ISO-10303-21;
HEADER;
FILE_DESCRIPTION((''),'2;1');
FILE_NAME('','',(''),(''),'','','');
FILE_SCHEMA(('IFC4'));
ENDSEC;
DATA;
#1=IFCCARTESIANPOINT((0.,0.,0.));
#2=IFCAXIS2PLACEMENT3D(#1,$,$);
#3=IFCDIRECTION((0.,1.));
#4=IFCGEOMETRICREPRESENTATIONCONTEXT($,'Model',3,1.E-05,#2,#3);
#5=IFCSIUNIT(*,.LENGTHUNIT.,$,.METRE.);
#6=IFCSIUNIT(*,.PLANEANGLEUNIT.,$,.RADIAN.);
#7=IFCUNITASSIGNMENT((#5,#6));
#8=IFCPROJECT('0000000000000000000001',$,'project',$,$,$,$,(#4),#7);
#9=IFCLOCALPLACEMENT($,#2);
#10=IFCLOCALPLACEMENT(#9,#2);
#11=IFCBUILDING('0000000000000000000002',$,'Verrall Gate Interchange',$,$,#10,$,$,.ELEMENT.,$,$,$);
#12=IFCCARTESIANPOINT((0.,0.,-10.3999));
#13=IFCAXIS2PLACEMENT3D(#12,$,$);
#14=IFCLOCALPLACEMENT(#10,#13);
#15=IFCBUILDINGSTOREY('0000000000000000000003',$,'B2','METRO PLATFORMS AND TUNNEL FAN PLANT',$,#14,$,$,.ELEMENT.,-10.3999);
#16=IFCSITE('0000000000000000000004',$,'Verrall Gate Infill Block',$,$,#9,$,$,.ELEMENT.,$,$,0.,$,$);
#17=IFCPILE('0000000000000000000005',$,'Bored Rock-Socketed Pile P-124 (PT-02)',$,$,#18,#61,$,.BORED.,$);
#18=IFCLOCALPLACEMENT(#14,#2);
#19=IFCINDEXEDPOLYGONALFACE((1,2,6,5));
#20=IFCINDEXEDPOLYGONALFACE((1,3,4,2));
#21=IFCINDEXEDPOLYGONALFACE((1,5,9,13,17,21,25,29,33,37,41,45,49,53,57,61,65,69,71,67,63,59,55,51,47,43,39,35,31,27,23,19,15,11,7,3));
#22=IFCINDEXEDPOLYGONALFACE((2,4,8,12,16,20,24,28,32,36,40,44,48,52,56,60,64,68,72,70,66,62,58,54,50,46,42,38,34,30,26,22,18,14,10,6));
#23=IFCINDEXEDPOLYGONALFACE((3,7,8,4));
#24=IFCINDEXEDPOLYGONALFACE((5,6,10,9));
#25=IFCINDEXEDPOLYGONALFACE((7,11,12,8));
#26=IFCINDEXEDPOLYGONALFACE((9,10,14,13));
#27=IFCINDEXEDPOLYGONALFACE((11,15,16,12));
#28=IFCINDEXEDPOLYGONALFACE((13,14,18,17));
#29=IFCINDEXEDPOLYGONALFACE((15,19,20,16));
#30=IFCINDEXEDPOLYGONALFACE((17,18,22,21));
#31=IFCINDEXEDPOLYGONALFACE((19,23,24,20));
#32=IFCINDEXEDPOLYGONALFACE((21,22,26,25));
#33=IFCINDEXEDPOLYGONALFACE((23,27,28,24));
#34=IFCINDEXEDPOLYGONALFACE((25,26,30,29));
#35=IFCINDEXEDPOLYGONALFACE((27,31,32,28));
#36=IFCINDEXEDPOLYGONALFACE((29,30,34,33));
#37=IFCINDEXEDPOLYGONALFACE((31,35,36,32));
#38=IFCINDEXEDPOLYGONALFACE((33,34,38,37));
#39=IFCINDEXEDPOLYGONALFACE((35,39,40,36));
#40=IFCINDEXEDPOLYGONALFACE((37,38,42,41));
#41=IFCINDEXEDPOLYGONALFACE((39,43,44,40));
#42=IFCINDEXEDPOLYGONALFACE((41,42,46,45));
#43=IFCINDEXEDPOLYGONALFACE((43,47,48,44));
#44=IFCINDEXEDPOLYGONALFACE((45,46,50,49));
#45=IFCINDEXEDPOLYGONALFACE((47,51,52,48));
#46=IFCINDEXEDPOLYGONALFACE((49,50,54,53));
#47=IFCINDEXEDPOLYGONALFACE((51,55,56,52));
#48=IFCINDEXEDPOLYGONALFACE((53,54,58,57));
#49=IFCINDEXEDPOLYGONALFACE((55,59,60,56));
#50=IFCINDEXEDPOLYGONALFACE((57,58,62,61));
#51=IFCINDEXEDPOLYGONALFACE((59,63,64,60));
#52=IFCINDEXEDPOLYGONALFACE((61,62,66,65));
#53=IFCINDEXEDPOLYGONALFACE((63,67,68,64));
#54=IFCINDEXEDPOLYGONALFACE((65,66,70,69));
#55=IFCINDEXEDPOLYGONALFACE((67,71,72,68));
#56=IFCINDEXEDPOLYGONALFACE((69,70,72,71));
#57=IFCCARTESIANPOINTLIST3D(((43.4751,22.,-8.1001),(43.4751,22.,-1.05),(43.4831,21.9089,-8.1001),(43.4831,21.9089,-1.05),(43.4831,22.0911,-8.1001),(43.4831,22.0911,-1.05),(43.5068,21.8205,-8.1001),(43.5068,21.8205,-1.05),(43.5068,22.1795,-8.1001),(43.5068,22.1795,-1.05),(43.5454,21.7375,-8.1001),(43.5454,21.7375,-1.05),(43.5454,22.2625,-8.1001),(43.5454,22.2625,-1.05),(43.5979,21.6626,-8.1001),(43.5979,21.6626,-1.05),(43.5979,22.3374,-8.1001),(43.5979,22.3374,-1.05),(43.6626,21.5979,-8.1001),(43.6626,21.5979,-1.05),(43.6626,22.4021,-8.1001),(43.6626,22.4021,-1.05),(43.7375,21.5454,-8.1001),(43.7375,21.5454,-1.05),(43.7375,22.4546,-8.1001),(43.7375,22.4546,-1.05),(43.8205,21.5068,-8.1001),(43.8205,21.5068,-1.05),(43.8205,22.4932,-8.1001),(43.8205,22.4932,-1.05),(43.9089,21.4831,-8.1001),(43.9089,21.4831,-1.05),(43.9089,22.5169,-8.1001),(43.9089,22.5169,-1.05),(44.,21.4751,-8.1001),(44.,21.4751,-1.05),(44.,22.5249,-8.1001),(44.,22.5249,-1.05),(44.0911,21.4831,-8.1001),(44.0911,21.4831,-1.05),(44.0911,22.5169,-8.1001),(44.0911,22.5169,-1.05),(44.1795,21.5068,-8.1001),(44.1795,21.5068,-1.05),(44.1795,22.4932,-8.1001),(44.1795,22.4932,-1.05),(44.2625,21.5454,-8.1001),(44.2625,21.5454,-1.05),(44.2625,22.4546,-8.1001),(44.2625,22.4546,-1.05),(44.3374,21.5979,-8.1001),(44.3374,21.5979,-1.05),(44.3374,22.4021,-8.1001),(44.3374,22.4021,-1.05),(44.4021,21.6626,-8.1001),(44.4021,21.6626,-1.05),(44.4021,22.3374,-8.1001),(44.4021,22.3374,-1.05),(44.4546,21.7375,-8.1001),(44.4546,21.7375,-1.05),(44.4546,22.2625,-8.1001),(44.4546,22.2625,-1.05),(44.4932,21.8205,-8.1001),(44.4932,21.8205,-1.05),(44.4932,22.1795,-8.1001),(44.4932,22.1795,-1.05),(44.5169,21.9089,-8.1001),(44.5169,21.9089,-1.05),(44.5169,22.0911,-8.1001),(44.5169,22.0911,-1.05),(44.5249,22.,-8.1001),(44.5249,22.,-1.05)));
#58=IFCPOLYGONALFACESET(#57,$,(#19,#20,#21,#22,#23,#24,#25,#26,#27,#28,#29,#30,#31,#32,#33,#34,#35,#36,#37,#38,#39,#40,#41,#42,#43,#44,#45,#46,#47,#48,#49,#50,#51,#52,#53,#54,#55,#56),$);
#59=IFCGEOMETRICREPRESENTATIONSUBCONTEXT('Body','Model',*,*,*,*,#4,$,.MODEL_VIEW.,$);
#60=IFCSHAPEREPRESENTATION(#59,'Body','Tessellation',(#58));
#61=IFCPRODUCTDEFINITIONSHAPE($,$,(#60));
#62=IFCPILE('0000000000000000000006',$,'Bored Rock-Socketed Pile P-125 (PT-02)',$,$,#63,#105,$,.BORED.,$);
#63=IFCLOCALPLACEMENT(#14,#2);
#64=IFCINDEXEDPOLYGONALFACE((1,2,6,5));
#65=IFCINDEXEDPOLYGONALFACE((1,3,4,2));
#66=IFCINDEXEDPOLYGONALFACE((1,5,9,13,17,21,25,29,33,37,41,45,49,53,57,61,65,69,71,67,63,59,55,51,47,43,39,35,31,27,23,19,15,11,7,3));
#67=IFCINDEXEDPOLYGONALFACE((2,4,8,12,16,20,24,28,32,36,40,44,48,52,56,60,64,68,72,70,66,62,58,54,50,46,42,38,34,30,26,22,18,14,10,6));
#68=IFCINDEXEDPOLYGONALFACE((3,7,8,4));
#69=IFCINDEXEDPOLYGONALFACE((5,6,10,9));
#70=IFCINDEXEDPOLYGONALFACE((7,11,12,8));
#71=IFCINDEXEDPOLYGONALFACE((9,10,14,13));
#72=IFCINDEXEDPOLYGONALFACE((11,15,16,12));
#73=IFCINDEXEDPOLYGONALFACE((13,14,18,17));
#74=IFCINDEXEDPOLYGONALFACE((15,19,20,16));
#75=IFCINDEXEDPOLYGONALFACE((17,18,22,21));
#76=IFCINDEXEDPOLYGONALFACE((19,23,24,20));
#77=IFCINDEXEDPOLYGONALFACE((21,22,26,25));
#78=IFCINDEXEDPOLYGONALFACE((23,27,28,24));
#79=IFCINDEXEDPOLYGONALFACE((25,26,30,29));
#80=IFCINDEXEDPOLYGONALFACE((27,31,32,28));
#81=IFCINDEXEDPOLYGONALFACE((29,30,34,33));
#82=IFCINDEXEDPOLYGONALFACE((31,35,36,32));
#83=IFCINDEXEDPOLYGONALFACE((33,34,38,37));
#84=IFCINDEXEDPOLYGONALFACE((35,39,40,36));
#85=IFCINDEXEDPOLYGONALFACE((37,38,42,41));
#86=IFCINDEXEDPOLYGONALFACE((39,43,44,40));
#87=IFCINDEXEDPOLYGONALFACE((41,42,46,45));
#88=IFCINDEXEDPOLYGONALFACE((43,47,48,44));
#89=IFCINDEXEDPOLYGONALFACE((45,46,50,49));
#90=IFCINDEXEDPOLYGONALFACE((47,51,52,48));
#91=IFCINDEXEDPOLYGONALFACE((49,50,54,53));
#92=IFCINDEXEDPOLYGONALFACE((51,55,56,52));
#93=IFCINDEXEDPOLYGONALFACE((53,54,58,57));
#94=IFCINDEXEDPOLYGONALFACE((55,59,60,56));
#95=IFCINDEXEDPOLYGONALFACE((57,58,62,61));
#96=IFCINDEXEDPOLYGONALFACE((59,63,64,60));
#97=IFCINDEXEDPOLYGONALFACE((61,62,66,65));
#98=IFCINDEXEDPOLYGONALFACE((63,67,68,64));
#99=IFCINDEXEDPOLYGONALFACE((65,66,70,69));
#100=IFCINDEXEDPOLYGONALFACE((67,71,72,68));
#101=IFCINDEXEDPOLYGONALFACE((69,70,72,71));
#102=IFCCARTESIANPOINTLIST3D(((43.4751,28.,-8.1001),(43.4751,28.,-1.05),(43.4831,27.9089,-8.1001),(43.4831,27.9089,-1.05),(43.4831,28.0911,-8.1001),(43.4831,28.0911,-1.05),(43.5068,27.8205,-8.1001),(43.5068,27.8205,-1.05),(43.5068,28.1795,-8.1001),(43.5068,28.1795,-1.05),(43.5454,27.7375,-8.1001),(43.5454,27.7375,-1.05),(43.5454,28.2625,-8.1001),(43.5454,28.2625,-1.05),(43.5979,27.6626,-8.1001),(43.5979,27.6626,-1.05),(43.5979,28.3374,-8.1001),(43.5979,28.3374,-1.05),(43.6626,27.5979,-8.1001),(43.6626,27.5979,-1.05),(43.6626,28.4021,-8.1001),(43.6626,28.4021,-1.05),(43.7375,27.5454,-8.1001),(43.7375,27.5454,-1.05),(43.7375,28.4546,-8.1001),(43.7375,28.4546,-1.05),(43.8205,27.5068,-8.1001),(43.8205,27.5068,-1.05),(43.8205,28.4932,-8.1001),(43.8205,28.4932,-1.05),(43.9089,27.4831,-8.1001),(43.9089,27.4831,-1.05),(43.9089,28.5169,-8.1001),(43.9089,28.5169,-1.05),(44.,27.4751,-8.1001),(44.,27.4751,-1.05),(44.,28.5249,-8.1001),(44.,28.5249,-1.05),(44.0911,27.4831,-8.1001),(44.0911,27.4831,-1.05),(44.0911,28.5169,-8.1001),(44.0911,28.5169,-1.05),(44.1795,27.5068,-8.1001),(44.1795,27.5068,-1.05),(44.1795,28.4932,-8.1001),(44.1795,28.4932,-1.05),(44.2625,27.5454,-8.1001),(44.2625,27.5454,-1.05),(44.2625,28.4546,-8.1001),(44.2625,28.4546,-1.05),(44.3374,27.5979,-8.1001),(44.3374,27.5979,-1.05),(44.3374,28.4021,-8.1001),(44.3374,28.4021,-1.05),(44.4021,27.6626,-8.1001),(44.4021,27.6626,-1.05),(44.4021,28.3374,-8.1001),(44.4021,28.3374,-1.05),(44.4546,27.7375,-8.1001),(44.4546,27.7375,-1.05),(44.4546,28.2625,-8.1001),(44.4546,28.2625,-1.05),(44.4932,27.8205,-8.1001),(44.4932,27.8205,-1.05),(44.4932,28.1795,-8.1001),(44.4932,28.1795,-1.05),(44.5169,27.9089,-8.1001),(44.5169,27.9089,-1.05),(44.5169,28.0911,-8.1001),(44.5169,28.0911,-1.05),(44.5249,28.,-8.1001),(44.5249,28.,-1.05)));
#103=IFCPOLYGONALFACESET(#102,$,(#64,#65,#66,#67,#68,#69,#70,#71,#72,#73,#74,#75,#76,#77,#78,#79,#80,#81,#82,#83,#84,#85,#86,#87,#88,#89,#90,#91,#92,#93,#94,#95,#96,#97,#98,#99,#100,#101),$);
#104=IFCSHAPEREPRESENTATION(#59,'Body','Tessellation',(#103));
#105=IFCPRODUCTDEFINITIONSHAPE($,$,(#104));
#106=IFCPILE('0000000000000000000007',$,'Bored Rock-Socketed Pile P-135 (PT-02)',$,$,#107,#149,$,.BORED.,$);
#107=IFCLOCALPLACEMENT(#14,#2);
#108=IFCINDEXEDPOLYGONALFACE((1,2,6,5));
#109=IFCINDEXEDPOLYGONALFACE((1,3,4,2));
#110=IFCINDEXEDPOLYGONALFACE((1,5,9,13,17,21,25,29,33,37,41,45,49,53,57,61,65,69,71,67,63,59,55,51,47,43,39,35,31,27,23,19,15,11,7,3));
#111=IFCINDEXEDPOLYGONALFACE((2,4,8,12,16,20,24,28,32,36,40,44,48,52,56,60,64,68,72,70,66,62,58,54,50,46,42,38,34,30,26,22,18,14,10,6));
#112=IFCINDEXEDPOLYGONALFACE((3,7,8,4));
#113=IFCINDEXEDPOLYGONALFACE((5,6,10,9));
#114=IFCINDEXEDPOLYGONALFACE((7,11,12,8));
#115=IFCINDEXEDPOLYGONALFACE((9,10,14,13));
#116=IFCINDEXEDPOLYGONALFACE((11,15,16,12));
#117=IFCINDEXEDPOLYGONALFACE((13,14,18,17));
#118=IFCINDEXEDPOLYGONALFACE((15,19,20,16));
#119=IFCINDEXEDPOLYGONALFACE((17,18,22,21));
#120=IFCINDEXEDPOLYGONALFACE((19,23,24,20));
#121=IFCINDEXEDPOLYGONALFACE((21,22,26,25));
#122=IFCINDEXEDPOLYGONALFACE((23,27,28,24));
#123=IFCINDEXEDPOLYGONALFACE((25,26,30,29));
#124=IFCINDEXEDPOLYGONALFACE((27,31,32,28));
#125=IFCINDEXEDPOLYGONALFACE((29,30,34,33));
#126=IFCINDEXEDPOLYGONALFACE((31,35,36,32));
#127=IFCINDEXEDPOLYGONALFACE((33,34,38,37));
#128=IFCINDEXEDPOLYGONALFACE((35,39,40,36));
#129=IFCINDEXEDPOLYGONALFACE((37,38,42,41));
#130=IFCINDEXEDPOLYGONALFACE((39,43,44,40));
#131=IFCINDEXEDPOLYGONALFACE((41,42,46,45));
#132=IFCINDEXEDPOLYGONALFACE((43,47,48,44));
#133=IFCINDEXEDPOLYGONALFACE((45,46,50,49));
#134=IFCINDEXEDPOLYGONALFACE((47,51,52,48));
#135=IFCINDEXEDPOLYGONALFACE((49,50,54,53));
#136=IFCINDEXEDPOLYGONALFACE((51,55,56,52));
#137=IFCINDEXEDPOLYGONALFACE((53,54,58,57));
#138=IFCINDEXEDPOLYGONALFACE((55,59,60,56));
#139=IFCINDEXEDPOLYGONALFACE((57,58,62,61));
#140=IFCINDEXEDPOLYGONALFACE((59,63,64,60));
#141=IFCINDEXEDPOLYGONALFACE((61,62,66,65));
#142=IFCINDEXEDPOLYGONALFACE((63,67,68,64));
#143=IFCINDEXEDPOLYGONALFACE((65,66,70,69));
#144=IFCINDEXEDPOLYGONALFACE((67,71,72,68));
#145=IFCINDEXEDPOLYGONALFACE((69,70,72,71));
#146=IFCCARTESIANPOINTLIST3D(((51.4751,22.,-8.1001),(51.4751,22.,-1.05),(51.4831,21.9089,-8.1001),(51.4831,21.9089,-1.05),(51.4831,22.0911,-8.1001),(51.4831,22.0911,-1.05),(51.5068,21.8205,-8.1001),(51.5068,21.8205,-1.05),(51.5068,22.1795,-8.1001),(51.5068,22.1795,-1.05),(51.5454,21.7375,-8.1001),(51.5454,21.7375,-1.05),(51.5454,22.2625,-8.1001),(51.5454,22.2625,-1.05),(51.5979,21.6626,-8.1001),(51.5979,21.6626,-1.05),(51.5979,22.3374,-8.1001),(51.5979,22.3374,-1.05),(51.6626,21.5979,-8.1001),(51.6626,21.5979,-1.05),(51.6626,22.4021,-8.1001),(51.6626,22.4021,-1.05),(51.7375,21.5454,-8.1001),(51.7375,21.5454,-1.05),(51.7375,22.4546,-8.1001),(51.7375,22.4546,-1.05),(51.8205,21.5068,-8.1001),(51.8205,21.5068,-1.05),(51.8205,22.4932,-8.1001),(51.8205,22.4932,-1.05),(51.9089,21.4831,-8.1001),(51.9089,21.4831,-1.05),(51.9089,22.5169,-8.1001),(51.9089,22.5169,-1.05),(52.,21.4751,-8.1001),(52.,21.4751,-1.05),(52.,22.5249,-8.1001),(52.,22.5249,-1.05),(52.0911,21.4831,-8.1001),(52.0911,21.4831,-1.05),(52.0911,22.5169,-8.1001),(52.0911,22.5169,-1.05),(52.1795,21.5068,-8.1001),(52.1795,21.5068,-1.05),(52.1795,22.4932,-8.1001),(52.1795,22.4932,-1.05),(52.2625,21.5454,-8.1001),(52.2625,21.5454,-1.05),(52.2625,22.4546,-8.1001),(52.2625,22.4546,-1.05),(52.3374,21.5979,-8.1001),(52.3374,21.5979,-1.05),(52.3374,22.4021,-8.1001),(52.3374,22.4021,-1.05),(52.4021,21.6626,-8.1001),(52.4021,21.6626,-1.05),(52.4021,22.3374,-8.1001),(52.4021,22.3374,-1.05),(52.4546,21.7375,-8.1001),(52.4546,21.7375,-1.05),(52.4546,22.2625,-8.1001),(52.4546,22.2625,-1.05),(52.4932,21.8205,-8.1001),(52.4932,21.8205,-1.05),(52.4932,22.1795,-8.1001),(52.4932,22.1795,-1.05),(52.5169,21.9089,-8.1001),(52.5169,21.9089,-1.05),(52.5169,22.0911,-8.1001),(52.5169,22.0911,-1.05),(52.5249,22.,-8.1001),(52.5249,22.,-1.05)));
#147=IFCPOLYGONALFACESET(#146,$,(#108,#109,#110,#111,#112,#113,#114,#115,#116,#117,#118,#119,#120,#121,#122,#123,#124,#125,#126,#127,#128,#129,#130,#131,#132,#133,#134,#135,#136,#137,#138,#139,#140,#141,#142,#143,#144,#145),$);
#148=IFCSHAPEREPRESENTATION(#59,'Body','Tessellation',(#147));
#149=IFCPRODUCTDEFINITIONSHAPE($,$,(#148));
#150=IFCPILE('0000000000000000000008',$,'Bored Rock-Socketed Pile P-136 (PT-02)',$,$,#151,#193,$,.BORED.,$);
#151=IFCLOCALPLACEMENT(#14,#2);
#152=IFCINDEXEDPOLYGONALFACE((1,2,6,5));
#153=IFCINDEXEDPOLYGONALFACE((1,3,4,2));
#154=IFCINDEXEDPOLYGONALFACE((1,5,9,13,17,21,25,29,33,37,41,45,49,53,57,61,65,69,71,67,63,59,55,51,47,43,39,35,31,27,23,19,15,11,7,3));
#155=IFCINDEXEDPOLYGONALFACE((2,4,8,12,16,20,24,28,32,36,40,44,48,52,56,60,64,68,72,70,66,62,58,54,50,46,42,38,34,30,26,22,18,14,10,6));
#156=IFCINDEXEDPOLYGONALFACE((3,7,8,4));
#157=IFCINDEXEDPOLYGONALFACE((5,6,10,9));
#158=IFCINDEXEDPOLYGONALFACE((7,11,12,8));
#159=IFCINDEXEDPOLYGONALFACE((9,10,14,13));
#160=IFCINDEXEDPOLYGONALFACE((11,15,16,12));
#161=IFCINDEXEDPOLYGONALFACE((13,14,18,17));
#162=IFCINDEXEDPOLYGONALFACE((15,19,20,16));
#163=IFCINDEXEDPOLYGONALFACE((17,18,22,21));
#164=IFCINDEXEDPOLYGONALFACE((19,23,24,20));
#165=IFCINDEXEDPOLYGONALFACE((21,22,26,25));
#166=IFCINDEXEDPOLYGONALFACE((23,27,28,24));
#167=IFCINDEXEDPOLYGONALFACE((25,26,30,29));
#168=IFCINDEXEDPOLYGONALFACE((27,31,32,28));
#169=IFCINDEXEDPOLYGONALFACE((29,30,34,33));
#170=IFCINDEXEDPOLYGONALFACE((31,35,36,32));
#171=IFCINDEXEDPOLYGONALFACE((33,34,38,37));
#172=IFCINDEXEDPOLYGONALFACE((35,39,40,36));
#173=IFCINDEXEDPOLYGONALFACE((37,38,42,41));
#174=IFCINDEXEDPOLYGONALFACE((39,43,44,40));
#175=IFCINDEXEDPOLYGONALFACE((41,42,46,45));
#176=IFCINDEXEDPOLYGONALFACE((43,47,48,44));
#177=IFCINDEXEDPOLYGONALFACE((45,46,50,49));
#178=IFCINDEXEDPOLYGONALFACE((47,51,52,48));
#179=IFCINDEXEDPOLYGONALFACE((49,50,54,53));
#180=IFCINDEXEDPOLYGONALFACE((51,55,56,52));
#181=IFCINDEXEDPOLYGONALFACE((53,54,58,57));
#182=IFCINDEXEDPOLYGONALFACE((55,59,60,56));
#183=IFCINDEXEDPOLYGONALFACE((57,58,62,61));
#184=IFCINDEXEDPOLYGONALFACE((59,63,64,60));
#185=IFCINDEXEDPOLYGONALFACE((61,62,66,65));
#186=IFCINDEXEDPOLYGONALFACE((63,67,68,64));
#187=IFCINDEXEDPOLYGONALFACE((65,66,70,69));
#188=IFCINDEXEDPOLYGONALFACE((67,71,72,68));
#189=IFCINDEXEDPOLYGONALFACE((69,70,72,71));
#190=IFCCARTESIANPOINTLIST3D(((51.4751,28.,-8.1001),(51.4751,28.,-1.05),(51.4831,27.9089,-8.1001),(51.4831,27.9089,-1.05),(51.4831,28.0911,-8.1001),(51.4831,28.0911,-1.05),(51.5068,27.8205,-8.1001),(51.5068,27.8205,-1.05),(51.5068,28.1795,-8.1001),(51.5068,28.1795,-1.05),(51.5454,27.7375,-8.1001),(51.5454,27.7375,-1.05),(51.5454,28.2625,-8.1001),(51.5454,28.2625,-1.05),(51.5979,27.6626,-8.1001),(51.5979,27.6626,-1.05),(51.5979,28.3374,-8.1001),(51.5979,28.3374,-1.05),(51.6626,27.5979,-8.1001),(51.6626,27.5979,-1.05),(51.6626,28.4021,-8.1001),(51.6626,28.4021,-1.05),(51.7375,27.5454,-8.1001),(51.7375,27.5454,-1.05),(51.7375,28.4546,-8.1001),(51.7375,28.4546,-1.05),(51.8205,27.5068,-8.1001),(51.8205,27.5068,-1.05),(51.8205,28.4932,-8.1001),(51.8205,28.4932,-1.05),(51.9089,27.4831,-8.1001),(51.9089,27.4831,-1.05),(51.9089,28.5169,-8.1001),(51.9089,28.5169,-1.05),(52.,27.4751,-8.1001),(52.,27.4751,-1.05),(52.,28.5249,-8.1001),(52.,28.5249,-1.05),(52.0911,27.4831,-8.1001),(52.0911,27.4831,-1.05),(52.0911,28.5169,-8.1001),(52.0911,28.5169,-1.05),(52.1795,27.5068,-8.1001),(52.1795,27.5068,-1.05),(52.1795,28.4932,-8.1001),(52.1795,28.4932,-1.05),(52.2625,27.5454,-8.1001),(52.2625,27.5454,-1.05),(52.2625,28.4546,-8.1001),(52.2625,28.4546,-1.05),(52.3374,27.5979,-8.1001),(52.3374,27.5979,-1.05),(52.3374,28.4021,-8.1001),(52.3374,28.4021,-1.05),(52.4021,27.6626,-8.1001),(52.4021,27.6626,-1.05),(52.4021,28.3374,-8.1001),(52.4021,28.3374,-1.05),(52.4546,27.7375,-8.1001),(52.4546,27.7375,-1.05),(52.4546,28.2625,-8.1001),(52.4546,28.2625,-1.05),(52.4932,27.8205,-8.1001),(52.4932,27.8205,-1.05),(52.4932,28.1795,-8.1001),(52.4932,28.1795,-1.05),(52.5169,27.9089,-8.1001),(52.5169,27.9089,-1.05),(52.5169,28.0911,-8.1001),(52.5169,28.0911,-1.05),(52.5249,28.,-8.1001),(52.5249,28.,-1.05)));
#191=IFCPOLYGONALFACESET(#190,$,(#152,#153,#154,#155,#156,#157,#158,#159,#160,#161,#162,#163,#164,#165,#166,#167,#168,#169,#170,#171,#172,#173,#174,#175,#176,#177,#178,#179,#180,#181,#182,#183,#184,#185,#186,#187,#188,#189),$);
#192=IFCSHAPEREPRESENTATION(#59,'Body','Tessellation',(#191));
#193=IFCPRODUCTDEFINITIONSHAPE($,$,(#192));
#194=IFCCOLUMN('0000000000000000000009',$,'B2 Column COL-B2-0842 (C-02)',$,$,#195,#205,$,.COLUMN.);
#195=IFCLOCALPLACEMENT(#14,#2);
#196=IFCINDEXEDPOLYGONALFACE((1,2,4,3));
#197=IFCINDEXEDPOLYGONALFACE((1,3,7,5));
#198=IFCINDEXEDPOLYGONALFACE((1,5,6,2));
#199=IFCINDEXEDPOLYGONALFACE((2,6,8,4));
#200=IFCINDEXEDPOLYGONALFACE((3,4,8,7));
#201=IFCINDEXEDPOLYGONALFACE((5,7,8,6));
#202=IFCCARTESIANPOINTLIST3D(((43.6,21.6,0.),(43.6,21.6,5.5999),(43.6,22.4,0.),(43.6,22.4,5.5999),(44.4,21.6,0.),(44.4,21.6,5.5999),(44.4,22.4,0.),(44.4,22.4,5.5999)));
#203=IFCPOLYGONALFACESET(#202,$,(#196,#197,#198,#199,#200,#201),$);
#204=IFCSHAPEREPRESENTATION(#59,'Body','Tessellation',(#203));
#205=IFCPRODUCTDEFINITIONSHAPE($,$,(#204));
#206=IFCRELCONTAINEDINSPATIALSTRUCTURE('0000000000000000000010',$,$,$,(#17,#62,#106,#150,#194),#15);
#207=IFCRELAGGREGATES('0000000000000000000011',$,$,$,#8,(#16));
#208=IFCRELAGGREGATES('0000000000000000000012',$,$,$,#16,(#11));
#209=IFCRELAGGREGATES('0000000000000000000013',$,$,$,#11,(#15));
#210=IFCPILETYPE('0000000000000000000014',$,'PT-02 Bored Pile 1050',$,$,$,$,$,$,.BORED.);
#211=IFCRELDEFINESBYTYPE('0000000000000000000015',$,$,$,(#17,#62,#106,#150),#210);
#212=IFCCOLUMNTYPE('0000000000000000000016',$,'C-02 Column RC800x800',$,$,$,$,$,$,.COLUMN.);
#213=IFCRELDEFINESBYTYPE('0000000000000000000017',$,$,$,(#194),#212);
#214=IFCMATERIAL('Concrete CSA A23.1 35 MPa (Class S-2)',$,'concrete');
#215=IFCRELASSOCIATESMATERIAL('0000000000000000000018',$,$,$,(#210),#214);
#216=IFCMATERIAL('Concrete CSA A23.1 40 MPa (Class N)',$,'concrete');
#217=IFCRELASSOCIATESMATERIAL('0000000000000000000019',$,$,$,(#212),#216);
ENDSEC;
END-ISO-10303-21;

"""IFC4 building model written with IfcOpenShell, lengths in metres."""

from ifc_helpers import new_model, si_unit, direction, frame, origin, origin_2d, place, context, subcontext, project, spatial, rectangle, circle, extrude, material, material_profile, profile_set, type_object, element, save


model = new_model("IFC4")

# Units and contexts
model_context = context("Model", 3, precision=1e-05, world=origin(), true_north=direction((0.0, 1.0)))
body_context = subcontext(model_context, "Body", "Model", "MODEL_VIEW")
ifc_project = project(units=[si_unit("LENGTHUNIT", "METRE"), si_unit("PLANEANGLEUNIT", "RADIAN")], contexts=[model_context])

# Site, building, storey
site_placement = place(None, origin())
site = spatial("IfcSite", under=ifc_project, at=site_placement, Name="Verrall Gate Infill Block", CompositionType="ELEMENT", RefElevation=0.0)
building_placement = place(site_placement, origin())
building = spatial("IfcBuilding", under=site, at=building_placement, Name="Verrall Gate Interchange", CompositionType="ELEMENT")
storey_placement = place(building_placement, frame((0.0, 0.0, -10.3999)))
storey = spatial("IfcBuildingStorey", under=building, at=storey_placement, Name="B2", Description="METRO PLATFORMS AND TUNNEL FAN PLANT", CompositionType="ELEMENT", Elevation=-10.3999)

# Piles
ifc_material_1 = material(Name="Concrete CSA A23.1 35 MPa (Class S-2)", Category="concrete")
ifc_material_profile_1 = material_profile(ifc_material_1, circle(Radius=0.5249, at=origin_2d()), Name="PILE1050D")
ifc_profile_set_1 = profile_set([ifc_material_profile_1], Name="Concrete CSA A23.1 35 MPa (Class S-2)")
pile_type = type_object("IfcPileType", Name="PT-02 Bored Pile 1050", PredefinedType="BORED", material=ifc_profile_set_1)
for number, where, z_axis, x_axis, name in (
    (1, (44.0, 22.0, -1.05), (0.0, 0.0, -1.0), (1.0, 0.0, 0.0), "Bored Rock-Socketed Pile P-124 (PT-02)"),
    (2, (44.0, 28.0, -1.05), (0.0, 0.0, -1.0), (1.0, 0.0, 0.0), "Bored Rock-Socketed Pile P-125 (PT-02)"),
    (3, (52.0, 22.0, -1.05), (0.0, 0.0, -1.0), (1.0, 0.0, 0.0), "Bored Rock-Socketed Pile P-135 (PT-02)"),
    (4, (52.0, 28.0, -1.05), (0.0, 0.0, -1.0), (1.0, 0.0, 0.0), "Bored Rock-Socketed Pile P-136 (PT-02)"),
):
    element("IfcPile", number, at=place(storey_placement, frame(where, z_axis=z_axis, x_axis=x_axis)), inside=storey, type_object=pile_type, Name=name, PredefinedType="BORED", context=body_context, shape_type="SweptSolid", body=[
        extrude(circle(Radius=0.5249, at=origin_2d()), origin(), (0.0, 0.0, 1.0), 7.05),
    ])

# Column
ifc_material_2 = material(Name="Concrete CSA A23.1 40 MPa (Class N)", Category="concrete")
ifc_material_profile_2 = material_profile(ifc_material_2, rectangle(XDim=0.8, YDim=0.8, at=origin_2d()), Name="RC800x800")
ifc_profile_set_2 = profile_set([ifc_material_profile_2], Name="Concrete CSA A23.1 40 MPa (Class N)")
column_type_1 = type_object("IfcColumnType", Name="C-02 Column RC800x800", PredefinedType="COLUMN", material=ifc_profile_set_2)
for number, where, z_axis, x_axis, name in (
    (5, (44.0, 22.0, 0.0), (0.0, 0.0, 1.0), (1.0, 0.0, 0.0), "B2 Column COL-B2-0842 (C-02)"),
):
    element("IfcColumn", number, at=place(storey_placement, frame(where, z_axis=z_axis, x_axis=x_axis)), inside=storey, type_object=column_type_1, Name=name, PredefinedType="COLUMN", context=body_context, shape_type="SweptSolid", body=[
        extrude(rectangle(XDim=0.8, YDim=0.8, at=origin_2d()), origin(), (0.0, 0.0, 1.0), 5.5999),
    ])

save(model, "model.ifc")
